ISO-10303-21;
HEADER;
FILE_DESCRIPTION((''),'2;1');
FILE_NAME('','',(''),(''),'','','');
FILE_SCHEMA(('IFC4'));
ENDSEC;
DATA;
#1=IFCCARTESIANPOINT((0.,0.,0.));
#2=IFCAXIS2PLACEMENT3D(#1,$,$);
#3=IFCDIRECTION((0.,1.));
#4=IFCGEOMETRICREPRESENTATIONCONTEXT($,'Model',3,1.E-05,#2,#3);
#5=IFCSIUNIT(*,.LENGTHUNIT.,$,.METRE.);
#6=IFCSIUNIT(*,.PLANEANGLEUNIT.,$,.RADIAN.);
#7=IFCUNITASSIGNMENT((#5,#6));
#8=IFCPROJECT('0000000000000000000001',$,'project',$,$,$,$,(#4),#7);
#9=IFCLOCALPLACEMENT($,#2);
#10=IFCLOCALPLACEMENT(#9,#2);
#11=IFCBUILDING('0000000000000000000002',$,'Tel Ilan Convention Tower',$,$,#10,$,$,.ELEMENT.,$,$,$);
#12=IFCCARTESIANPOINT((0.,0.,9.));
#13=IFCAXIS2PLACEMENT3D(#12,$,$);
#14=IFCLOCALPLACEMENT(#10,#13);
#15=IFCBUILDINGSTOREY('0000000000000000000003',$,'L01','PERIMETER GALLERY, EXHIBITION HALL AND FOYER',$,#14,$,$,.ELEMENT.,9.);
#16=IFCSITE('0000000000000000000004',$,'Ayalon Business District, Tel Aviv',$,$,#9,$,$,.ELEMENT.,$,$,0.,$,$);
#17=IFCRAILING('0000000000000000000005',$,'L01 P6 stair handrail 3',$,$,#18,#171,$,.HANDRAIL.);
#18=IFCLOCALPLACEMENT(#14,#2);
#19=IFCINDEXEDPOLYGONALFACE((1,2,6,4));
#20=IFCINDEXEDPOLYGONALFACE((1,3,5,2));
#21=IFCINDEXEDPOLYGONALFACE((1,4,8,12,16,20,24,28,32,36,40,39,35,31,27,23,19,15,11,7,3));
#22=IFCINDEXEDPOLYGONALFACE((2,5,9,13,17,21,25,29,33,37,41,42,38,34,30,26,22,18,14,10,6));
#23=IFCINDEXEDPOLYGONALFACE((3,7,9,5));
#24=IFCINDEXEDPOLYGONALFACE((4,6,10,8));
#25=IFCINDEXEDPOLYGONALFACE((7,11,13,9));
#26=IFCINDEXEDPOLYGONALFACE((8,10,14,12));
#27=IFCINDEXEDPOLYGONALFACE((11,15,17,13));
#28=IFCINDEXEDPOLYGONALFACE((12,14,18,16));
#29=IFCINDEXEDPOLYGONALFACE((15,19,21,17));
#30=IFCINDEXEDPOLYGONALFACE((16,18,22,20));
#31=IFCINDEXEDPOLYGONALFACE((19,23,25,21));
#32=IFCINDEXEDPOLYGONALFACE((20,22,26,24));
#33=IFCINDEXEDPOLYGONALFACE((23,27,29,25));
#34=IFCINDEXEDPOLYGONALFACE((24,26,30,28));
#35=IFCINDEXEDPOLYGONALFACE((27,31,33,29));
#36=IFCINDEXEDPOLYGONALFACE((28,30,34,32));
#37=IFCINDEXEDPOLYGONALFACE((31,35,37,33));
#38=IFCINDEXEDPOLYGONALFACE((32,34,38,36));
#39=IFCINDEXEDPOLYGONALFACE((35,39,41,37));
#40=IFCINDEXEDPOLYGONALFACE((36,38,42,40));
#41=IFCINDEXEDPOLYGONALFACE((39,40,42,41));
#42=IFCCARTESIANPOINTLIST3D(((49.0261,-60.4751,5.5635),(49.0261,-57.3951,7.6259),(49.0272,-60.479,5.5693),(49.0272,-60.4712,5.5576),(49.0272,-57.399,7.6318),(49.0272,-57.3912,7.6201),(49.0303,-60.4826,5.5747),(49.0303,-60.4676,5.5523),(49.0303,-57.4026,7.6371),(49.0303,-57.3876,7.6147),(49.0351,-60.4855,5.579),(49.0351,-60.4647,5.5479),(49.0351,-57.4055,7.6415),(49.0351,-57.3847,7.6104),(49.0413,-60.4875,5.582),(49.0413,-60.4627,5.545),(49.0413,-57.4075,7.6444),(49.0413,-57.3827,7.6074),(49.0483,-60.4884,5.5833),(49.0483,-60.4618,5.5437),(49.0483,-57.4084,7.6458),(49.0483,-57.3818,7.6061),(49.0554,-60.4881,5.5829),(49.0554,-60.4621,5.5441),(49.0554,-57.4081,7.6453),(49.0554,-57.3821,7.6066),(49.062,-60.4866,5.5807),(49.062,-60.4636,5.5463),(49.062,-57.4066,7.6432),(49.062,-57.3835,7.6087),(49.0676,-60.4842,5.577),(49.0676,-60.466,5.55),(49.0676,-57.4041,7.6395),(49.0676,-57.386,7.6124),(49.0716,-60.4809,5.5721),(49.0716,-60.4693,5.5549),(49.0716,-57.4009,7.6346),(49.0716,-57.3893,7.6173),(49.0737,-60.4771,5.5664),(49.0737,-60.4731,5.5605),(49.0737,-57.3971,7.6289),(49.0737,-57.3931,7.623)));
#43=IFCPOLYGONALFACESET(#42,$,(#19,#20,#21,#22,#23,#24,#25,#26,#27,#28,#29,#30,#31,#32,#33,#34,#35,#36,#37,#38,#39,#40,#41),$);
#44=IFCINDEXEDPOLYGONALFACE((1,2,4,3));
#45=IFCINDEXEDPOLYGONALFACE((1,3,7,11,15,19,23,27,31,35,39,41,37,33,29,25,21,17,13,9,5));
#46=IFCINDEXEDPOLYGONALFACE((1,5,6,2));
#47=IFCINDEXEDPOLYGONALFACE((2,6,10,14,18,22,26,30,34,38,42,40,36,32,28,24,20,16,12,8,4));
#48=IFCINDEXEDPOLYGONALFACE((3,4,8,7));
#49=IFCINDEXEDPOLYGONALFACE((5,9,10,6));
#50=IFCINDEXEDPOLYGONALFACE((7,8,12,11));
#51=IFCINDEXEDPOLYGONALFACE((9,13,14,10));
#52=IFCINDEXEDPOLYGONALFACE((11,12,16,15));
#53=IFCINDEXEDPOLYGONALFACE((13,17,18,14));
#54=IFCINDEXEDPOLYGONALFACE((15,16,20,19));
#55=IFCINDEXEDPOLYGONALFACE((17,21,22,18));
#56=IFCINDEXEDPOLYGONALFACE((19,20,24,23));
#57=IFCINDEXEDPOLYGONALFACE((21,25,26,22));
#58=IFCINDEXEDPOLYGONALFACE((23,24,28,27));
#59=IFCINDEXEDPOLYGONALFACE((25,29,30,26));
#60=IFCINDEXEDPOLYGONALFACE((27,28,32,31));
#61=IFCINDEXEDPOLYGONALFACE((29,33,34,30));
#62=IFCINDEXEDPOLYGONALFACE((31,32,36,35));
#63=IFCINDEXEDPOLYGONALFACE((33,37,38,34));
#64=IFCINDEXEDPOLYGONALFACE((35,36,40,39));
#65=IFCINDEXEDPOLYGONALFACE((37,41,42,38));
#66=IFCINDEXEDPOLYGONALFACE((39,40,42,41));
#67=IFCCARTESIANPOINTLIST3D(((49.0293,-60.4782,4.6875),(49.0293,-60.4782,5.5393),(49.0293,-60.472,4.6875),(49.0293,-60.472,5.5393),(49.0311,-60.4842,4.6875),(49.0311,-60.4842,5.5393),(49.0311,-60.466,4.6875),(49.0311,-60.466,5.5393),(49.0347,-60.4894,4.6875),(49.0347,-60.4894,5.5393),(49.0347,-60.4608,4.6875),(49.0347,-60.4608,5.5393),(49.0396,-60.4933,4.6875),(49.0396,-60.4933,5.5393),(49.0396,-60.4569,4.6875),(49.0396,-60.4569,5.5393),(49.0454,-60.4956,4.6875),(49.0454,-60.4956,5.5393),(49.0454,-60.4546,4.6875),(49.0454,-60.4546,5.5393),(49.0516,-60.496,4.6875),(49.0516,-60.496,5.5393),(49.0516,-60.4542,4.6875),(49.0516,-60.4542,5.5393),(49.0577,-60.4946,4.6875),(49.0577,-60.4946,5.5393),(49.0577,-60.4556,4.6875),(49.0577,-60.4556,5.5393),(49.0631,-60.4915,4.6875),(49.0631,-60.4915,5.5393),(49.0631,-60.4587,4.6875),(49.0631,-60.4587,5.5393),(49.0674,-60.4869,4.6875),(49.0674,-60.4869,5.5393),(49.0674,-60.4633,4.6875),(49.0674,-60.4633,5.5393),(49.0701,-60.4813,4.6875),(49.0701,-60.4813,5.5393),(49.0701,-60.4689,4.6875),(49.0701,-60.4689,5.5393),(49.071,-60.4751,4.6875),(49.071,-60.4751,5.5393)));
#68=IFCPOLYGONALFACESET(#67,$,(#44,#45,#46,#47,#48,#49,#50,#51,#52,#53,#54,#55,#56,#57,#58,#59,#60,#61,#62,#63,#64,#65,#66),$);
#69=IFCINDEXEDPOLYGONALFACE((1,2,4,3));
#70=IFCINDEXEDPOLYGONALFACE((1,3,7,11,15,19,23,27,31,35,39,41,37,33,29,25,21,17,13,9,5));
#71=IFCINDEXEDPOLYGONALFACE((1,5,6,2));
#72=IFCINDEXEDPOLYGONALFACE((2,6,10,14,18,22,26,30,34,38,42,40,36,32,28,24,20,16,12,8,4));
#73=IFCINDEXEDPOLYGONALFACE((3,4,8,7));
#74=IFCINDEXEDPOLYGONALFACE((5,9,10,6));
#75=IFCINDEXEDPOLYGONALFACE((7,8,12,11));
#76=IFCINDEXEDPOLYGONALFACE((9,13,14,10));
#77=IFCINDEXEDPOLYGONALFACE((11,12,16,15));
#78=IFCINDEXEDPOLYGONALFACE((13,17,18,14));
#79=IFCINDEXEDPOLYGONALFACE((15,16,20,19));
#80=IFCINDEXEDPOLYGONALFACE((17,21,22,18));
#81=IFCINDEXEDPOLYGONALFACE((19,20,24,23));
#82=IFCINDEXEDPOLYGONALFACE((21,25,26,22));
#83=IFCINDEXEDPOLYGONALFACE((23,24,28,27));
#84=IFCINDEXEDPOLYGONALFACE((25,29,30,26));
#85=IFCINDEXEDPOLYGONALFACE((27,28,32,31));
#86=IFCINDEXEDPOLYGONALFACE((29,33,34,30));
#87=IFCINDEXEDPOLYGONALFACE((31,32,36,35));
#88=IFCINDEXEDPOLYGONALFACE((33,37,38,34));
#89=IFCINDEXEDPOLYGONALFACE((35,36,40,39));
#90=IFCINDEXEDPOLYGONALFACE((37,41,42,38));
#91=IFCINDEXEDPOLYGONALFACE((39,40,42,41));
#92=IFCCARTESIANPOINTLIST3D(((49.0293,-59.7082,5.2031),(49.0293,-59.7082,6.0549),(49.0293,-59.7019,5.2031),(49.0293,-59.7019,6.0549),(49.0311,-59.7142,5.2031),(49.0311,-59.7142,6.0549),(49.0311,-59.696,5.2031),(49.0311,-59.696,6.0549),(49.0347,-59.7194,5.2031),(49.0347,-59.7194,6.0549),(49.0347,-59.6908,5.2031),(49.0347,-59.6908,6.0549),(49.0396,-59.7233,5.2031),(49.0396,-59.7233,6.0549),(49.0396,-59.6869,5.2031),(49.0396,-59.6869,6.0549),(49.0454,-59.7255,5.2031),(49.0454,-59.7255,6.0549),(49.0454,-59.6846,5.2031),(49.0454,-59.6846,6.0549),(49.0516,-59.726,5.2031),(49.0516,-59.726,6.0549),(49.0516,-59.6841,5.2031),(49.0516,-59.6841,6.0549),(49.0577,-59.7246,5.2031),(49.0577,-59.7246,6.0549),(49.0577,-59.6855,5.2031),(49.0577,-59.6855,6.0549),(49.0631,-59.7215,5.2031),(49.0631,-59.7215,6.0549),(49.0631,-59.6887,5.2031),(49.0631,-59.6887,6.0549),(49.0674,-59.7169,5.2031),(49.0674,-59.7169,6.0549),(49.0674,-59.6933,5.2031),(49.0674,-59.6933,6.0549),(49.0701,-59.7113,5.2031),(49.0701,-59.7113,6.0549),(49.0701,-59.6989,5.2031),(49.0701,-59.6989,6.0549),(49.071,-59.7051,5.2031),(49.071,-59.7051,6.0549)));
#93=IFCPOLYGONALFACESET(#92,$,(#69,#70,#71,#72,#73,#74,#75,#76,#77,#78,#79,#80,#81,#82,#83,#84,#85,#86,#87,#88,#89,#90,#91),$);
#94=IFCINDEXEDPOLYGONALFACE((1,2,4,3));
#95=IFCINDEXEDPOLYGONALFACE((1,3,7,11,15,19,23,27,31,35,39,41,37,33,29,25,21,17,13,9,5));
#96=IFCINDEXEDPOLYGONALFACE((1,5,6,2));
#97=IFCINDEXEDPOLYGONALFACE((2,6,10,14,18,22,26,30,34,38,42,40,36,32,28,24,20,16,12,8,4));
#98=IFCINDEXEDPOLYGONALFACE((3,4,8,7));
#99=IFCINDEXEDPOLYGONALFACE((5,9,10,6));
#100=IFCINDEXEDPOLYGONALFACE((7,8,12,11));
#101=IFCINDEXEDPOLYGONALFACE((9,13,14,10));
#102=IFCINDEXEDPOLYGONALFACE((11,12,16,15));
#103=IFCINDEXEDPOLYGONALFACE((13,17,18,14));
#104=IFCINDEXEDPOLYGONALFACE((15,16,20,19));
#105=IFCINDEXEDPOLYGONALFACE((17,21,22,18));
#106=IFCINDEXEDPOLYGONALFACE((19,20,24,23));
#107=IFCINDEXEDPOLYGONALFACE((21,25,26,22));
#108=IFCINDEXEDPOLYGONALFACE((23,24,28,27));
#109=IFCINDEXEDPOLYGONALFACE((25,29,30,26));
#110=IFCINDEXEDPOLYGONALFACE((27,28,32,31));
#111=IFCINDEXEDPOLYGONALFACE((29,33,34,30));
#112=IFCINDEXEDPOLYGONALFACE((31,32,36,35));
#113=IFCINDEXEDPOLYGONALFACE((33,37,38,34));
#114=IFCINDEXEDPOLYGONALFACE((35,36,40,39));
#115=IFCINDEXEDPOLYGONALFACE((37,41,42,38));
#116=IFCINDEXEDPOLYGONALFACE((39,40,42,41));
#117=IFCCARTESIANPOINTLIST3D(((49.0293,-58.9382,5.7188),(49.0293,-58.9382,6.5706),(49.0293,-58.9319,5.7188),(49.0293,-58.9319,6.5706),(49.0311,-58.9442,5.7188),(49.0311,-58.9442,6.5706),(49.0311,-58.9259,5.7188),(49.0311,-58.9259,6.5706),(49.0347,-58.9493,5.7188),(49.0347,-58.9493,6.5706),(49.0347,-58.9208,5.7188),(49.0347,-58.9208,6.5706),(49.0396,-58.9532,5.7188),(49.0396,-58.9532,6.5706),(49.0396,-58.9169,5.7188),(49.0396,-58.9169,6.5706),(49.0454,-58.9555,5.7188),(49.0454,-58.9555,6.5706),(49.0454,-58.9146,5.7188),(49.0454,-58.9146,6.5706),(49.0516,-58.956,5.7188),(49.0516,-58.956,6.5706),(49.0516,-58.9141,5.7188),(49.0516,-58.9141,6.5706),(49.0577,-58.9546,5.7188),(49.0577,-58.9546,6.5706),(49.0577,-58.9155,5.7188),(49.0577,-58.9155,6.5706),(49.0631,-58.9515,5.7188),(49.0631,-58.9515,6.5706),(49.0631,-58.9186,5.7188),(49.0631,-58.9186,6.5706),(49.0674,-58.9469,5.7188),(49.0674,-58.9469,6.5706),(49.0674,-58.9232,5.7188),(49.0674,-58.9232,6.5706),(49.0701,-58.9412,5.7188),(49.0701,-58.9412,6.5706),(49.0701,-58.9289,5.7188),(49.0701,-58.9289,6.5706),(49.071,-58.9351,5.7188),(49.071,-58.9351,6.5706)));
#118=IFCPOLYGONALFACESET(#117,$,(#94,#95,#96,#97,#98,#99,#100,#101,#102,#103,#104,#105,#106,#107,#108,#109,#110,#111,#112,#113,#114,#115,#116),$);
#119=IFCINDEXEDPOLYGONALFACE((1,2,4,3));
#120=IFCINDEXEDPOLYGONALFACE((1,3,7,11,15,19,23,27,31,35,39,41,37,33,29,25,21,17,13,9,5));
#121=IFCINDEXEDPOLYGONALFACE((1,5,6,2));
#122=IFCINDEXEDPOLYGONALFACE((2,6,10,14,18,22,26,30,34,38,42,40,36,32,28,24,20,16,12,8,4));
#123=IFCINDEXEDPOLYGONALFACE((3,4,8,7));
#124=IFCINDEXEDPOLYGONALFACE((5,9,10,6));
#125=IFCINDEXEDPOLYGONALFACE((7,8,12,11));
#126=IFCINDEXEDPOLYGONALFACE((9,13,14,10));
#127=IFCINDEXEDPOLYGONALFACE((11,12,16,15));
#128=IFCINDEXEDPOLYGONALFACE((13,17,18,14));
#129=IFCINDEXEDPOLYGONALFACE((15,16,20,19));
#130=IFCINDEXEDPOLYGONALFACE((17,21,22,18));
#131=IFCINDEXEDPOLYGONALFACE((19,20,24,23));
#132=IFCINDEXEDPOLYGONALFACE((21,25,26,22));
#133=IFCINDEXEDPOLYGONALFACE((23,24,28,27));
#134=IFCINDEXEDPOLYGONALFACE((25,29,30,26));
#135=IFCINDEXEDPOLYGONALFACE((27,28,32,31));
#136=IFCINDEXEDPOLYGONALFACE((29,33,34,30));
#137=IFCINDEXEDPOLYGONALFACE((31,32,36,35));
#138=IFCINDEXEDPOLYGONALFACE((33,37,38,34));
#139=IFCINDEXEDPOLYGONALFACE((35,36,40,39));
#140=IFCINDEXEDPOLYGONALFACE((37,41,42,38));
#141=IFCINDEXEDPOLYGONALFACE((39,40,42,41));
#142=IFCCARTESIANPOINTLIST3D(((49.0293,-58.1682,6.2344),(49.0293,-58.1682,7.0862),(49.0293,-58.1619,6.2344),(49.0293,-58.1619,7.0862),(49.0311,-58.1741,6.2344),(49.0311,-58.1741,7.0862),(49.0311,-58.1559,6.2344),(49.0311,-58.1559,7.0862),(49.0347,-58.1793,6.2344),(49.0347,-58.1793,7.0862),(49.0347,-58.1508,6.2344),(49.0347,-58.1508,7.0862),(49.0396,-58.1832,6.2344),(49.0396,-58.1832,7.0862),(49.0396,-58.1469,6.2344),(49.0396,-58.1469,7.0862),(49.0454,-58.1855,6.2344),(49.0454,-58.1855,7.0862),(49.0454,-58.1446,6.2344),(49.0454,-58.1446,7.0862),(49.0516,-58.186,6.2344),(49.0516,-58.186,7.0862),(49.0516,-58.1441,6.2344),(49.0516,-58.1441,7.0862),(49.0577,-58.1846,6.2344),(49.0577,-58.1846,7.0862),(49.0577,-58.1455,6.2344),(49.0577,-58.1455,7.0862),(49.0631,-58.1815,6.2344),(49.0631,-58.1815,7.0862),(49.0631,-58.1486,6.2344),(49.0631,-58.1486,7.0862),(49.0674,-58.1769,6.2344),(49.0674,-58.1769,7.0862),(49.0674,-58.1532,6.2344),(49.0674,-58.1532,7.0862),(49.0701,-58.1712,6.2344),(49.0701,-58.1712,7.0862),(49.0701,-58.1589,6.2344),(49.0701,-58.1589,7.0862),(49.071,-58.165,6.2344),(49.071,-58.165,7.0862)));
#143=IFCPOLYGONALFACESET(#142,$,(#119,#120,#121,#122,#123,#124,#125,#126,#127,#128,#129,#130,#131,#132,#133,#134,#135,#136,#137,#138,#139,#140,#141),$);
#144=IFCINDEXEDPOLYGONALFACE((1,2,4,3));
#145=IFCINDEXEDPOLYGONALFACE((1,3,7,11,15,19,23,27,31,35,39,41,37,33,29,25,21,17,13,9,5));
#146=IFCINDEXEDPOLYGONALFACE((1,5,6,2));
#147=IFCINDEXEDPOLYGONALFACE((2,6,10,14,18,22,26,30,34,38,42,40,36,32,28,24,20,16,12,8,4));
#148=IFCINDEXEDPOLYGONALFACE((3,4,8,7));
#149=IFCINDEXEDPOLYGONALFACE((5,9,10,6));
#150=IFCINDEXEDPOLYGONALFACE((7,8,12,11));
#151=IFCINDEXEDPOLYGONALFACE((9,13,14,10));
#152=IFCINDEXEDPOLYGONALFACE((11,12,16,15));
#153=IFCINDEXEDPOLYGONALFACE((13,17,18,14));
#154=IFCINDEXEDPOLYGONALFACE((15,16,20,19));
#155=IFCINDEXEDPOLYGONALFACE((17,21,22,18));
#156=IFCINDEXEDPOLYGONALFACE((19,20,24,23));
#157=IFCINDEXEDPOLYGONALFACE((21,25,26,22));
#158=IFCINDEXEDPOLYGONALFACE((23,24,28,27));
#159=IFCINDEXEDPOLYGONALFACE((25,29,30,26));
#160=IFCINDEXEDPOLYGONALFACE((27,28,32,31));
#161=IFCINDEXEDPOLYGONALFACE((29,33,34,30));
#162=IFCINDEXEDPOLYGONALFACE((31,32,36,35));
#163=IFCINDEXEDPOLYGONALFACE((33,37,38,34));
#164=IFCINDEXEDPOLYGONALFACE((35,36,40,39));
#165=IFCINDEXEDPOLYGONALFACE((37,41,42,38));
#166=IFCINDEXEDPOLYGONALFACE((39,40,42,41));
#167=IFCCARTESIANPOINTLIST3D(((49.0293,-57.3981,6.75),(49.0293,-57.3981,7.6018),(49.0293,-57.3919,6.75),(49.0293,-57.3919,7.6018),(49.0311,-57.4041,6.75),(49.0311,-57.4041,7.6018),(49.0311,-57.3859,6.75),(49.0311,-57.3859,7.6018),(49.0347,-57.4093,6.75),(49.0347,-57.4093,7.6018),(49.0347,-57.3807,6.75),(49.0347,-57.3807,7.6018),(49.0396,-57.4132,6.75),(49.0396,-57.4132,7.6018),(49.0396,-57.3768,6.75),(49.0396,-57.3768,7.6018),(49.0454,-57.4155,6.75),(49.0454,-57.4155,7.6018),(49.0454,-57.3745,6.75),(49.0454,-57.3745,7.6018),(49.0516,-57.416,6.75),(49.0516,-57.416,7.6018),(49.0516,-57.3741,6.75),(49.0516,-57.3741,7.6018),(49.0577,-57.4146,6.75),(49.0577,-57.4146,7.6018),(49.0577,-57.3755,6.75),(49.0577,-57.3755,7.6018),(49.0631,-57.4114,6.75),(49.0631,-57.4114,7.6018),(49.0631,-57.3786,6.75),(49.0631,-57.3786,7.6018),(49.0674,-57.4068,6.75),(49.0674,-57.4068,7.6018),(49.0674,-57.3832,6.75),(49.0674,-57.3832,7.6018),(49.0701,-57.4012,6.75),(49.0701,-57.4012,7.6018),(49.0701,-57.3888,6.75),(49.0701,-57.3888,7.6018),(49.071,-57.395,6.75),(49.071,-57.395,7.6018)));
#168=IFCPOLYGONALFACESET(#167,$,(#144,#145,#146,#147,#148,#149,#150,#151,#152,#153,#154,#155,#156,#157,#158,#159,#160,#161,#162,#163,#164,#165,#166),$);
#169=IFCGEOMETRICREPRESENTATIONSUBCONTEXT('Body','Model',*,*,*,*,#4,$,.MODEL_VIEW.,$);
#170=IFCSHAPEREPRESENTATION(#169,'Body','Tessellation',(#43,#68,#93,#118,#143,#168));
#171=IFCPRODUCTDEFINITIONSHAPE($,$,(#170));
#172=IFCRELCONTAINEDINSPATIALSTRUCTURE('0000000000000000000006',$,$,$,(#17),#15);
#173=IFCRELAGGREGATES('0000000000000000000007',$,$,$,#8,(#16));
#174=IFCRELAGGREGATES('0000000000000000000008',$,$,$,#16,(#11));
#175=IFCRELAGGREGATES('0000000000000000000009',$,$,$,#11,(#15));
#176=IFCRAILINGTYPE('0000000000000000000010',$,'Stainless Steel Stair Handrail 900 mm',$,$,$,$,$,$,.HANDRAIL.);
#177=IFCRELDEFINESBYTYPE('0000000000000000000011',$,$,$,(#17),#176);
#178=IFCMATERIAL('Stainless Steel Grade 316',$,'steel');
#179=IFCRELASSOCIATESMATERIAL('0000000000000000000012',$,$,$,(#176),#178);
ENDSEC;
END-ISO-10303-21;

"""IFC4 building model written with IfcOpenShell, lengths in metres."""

from ifc_helpers import new_model, si_unit, direction, frame, origin, origin_2d, place, context, subcontext, project, spatial, circle, extrude, material, type_object, element, save


model = new_model("IFC4")

# Units and contexts
model_context = context("Model", 3, precision=1e-05, world=origin(), true_north=direction((0.0, 1.0)))
body_context = subcontext(model_context, "Body", "Model", "MODEL_VIEW")
ifc_project = project(units=[si_unit("LENGTHUNIT", "METRE"), si_unit("PLANEANGLEUNIT", "RADIAN")], contexts=[model_context])

# Site, building, storey
site_placement = place(None, origin())
site = spatial("IfcSite", under=ifc_project, at=site_placement, Name="Ayalon Business District, Tel Aviv", CompositionType="ELEMENT", RefElevation=0.0)
building_placement = place(site_placement, origin())
building = spatial("IfcBuilding", under=site, at=building_placement, Name="Tel Ilan Convention Tower", CompositionType="ELEMENT")
storey_placement = place(building_placement, frame((0.0, 0.0, 9.0)))
storey = spatial("IfcBuildingStorey", under=building, at=storey_placement, Name="L01", Description="PERIMETER GALLERY, EXHIBITION HALL AND FOYER", CompositionType="ELEMENT", Elevation=9.0)

# Railing
ifc_material_1 = material(Name="Stainless Steel Grade 316", Category="steel")
railing_type_1 = type_object("IfcRailingType", Name="Stainless Steel Stair Handrail 900 mm", PredefinedType="HANDRAIL", material=ifc_material_1)
railing_1_placement = place(storey_placement, frame((49.05, -60.4751, 4.6875)))
element("IfcRailing", 1, at=railing_1_placement, inside=storey, type_object=railing_type_1, Name="L01 P6 stair handrail 3", PredefinedType="HANDRAIL", context=body_context, shape_type="SweptSolid", body=[
    extrude(circle(Radius=0.0239, at=origin_2d()), frame((0.0, 0.0, 0.876), z_axis=(0.0, 0.830914, 0.556401), x_axis=(-1.0, 0.0, 0.0)), (0.0, 0.0, 1.0), 3.7068),
    extrude(circle(Radius=0.021, at=origin_2d()), origin(), (0.0, 0.0, 1.0), 0.8518),
    extrude(circle(Radius=0.021, at=origin_2d()), frame((0.0, 0.77, 0.5156)), (0.0, 0.0, 1.0), 0.8518),
    extrude(circle(Radius=0.021, at=origin_2d()), frame((0.0, 1.54, 1.0312)), (0.0, 0.0, 1.0), 0.8518),
    extrude(circle(Radius=0.021, at=origin_2d()), frame((0.0, 2.3101, 1.5469)), (0.0, 0.0, 1.0), 0.8518),
    extrude(circle(Radius=0.021, at=origin_2d()), frame((0.0, 3.0801, 2.0625)), (0.0, 0.0, 1.0), 0.8518),
])

save(model, "model.ifc")
